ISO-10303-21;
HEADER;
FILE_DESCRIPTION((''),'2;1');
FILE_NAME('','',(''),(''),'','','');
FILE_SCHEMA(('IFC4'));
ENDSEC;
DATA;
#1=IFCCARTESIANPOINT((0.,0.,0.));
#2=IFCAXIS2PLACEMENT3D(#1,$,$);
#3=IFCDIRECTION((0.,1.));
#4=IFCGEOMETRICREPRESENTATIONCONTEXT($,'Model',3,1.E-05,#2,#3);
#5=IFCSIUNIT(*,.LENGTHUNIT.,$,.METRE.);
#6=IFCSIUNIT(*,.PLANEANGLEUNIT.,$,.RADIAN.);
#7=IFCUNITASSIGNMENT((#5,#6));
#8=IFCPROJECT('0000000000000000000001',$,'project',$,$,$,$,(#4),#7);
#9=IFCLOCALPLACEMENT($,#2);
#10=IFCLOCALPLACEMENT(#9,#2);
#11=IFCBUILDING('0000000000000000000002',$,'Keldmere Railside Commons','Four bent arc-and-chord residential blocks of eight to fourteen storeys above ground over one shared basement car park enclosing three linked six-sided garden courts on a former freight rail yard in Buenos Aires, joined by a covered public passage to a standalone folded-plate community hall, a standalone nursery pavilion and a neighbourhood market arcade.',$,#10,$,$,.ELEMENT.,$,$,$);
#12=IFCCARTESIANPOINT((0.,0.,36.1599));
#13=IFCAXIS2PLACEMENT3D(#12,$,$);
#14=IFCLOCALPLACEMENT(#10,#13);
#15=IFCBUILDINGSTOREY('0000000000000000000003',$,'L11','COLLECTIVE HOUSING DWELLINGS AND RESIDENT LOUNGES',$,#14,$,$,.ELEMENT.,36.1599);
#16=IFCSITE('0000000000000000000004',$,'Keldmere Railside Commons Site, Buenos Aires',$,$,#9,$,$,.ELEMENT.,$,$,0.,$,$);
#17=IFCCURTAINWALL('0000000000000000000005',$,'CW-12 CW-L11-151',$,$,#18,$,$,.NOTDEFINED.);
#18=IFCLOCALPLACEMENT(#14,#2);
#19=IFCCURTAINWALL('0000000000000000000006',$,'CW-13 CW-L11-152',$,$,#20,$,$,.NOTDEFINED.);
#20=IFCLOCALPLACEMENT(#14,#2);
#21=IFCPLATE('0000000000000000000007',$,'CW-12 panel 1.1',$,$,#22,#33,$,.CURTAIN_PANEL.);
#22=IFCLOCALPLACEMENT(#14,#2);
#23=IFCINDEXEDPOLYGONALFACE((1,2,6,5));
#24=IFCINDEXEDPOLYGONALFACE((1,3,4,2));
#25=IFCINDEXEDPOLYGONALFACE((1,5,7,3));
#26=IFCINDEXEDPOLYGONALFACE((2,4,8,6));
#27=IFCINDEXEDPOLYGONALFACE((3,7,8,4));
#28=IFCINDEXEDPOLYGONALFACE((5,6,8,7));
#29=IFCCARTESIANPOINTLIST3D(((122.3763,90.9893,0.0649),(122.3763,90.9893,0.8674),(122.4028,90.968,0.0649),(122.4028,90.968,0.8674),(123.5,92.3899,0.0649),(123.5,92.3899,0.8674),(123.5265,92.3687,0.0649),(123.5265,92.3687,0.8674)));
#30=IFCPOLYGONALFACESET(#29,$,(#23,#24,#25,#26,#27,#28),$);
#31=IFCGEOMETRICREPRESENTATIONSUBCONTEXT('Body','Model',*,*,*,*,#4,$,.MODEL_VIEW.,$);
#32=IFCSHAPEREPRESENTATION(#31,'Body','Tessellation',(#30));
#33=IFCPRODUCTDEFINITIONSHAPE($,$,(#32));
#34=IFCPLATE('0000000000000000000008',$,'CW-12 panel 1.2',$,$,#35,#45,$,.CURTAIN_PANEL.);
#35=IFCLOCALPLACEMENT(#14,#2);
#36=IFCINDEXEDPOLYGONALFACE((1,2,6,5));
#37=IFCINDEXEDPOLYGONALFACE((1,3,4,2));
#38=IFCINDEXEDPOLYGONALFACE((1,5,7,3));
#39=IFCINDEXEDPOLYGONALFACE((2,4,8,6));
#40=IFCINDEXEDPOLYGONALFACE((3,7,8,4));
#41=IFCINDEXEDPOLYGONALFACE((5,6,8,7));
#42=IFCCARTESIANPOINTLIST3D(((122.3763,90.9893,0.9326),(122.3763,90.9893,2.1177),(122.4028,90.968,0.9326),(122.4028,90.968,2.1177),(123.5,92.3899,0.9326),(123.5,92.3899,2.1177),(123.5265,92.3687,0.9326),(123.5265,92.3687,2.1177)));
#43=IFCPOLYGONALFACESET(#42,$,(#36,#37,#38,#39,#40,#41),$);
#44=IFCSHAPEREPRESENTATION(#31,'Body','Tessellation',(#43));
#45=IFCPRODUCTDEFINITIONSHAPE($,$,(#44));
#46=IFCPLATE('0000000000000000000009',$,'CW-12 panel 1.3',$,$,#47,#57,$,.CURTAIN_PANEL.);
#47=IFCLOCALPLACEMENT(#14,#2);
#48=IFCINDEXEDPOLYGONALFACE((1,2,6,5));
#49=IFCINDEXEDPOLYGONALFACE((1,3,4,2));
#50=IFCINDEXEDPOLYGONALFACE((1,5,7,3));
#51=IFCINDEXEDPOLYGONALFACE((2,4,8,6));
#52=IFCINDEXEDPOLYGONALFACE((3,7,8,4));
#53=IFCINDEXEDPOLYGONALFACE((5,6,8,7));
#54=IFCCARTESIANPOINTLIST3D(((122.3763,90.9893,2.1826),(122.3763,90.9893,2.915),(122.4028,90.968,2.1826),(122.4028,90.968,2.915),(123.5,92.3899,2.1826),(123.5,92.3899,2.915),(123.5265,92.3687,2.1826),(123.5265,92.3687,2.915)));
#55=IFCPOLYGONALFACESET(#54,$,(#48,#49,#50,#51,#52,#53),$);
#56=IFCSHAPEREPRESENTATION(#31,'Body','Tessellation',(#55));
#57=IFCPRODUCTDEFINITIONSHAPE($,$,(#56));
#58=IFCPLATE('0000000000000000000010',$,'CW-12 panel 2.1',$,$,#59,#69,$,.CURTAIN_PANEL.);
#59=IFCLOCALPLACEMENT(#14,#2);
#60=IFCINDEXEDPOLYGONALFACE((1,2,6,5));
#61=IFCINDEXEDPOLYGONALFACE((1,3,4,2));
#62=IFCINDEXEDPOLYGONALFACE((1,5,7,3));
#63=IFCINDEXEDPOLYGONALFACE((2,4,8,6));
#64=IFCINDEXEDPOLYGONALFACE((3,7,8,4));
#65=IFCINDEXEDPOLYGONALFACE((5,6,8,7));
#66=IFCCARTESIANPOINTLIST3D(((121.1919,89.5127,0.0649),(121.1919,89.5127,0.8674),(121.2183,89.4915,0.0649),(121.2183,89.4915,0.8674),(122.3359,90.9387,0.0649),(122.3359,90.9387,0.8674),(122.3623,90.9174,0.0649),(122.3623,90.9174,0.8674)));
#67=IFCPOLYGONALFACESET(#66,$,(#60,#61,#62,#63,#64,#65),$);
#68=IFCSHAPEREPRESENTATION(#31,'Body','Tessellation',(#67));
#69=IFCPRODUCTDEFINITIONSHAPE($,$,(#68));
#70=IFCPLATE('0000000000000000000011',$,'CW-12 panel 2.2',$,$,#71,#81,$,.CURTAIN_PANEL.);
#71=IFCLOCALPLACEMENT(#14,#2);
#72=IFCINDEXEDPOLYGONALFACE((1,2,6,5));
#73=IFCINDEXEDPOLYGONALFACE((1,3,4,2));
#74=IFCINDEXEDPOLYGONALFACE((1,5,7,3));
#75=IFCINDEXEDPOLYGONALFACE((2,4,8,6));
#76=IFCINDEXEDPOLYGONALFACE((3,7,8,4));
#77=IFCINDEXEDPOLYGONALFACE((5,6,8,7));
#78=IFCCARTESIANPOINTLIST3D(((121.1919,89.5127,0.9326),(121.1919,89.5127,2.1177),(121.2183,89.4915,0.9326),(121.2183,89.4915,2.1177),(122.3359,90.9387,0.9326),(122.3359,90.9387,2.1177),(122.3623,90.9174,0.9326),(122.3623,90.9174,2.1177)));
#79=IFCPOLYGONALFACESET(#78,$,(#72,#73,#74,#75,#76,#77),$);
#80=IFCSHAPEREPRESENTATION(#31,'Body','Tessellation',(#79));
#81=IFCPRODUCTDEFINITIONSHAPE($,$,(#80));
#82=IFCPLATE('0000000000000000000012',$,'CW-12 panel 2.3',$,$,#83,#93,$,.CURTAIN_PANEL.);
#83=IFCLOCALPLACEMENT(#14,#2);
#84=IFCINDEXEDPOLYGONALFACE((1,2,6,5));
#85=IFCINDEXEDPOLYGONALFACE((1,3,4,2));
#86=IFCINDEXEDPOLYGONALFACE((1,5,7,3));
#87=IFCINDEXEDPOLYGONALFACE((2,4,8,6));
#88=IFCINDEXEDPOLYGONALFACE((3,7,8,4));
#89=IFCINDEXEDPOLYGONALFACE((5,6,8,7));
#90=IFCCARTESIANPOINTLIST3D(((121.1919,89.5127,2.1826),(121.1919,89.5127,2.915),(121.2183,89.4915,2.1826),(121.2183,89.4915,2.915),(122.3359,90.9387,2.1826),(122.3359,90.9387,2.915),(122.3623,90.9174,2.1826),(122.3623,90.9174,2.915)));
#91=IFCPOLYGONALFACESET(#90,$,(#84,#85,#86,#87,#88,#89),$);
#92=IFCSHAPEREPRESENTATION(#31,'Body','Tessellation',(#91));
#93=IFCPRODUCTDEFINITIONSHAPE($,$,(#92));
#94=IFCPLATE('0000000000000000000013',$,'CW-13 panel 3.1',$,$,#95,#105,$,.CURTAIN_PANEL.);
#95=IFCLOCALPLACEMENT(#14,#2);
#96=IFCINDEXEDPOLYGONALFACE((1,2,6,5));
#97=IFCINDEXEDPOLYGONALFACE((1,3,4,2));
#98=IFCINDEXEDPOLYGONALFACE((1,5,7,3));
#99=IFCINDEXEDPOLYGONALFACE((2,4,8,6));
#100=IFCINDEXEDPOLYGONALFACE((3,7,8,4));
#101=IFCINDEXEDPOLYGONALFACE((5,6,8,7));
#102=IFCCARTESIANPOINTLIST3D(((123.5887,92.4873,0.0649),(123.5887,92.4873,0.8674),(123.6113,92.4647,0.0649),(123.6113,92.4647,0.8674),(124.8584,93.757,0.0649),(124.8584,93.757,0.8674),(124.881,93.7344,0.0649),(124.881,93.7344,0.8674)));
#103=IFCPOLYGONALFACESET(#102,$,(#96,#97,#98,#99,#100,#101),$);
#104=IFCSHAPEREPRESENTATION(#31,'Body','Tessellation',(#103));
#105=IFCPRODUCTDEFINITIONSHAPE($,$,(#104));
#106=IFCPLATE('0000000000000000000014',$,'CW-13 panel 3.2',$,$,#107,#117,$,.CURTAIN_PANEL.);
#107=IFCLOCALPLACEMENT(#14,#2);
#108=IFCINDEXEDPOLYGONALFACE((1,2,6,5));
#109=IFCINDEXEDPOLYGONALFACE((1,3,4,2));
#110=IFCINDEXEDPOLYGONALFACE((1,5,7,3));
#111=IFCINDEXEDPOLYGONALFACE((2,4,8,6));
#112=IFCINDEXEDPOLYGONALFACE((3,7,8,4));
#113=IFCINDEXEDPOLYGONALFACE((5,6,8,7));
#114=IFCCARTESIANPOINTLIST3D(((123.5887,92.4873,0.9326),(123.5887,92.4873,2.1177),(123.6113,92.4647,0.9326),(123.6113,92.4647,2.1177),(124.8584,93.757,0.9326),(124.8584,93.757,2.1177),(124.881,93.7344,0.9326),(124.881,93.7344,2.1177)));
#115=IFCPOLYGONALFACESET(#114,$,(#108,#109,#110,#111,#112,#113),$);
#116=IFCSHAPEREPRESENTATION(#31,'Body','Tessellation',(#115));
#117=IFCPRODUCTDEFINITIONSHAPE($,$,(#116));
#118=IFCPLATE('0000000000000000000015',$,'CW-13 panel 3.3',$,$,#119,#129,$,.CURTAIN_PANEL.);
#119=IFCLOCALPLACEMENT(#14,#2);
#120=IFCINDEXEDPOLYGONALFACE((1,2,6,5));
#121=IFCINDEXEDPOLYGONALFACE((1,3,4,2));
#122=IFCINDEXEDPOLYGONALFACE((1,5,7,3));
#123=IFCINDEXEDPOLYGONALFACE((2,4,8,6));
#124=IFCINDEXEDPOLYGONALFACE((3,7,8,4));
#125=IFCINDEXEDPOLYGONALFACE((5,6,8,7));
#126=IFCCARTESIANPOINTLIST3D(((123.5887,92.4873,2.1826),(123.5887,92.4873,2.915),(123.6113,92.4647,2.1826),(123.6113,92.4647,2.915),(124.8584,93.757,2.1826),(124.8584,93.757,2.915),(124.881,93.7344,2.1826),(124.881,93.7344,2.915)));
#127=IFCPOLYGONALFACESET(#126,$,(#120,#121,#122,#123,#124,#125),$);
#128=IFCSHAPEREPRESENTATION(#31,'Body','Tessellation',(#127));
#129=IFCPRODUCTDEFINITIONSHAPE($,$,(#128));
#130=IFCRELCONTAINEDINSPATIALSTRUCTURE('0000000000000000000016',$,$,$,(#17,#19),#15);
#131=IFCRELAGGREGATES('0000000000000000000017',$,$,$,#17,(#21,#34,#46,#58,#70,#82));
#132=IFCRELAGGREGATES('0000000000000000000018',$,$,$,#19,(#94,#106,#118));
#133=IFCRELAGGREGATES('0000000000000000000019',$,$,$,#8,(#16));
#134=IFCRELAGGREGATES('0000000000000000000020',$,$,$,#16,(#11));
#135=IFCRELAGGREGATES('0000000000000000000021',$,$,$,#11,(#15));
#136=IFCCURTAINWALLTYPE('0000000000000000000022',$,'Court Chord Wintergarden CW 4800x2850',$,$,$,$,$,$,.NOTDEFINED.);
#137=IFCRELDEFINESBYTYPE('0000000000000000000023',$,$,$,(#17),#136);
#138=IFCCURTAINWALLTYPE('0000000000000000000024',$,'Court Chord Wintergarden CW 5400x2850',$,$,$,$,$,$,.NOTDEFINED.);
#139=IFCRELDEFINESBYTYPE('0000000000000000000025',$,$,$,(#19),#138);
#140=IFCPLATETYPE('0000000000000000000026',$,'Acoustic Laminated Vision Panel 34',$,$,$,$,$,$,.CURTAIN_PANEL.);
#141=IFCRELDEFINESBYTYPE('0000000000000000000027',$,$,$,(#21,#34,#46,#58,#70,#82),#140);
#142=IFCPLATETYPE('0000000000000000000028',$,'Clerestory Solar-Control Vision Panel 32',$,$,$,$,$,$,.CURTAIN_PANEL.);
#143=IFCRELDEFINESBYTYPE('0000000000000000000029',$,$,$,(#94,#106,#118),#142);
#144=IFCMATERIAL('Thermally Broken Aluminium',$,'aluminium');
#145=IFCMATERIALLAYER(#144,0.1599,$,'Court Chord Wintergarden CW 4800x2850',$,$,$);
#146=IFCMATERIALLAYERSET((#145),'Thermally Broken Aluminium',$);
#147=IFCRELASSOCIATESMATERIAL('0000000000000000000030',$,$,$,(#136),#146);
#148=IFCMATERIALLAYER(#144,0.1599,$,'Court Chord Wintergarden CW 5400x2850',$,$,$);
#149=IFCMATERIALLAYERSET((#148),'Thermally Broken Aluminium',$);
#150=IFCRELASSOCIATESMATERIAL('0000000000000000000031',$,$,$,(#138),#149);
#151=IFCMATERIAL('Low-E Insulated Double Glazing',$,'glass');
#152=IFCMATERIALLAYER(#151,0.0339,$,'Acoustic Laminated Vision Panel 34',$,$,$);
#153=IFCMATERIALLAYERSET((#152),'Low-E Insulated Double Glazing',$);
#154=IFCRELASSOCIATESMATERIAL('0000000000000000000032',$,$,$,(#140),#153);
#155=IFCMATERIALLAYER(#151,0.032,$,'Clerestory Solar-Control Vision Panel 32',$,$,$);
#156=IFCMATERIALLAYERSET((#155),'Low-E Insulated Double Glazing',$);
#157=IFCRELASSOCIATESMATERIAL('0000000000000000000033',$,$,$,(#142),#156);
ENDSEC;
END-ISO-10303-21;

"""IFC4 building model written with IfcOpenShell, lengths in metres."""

from ifc_helpers import new_model, si_unit, direction, frame, origin, origin_2d, place, context, subcontext, project, spatial, rectangle, extrude, material, layer, layer_set, type_object, element, aggregate, save


model = new_model("IFC4")

# Units and contexts
model_context = context("Model", 3, precision=1e-05, world=origin(), true_north=direction((0.0, 1.0)))
body_context = subcontext(model_context, "Body", "Model", "MODEL_VIEW")
ifc_project = project(units=[si_unit("LENGTHUNIT", "METRE"), si_unit("PLANEANGLEUNIT", "RADIAN")], contexts=[model_context])

# Site, building, storey
site_placement = place(None, origin())
site = spatial("IfcSite", under=ifc_project, at=site_placement, Name="Keldmere Railside Commons Site, Buenos Aires", CompositionType="ELEMENT", RefElevation=0.0)
building_placement = place(site_placement, origin())
building = spatial("IfcBuilding", under=site, at=building_placement, Name="Keldmere Railside Commons", Description="Four bent arc-and-chord residential blocks of eight to fourteen storeys above ground over one shared basement car park enclosing three linked six-sided garden courts on a former freight rail yard in Buenos Aires, joined by a covered public passage to a standalone folded-plate community hall, a standalone nursery pavilion and a neighbourhood market arcade.", CompositionType="ELEMENT")
storey_placement = place(building_placement, frame((0.0, 0.0, 36.1599)))
storey = spatial("IfcBuildingStorey", under=building, at=storey_placement, Name="L11", Description="COLLECTIVE HOUSING DWELLINGS AND RESIDENT LOUNGES", CompositionType="ELEMENT", Elevation=36.1599)

# Curtain wall
ifc_material_1 = material(Name="Thermally Broken Aluminium", Category="aluminium")
ifc_layer_1 = layer(ifc_material_1, 0.1599, Name="Court Chord Wintergarden CW 4800x2850")
ifc_layer_set_1 = layer_set([ifc_layer_1], Name="Thermally Broken Aluminium")
curtain_wall_type_1 = type_object("IfcCurtainWallType", Name="Court Chord Wintergarden CW 4800x2850", PredefinedType="NOTDEFINED", material=ifc_layer_set_1)
curtain_wall_1_placement = place(storey_placement, origin())
curtain_wall_1 = element("IfcCurtainWall", 1, at=curtain_wall_1_placement, inside=storey, type_object=curtain_wall_type_1, Name="CW-12 CW-L11-151", PredefinedType="NOTDEFINED")

# Curtain wall
ifc_layer_2 = layer(ifc_material_1, 0.1599, Name="Court Chord Wintergarden CW 5400x2850")
ifc_layer_set_2 = layer_set([ifc_layer_2], Name="Thermally Broken Aluminium")
curtain_wall_type_2 = type_object("IfcCurtainWallType", Name="Court Chord Wintergarden CW 5400x2850", PredefinedType="NOTDEFINED", material=ifc_layer_set_2)
curtain_wall_2_placement = place(storey_placement, origin())
curtain_wall_2 = element("IfcCurtainWall", 2, at=curtain_wall_2_placement, inside=storey, type_object=curtain_wall_type_2, Name="CW-13 CW-L11-152", PredefinedType="NOTDEFINED")

# Plates
ifc_material_2 = material(Name="Low-E Insulated Double Glazing", Category="glass")
ifc_layer_3 = layer(ifc_material_2, 0.0339, Name="Acoustic Laminated Vision Panel 34")
ifc_layer_set_3 = layer_set([ifc_layer_3], Name="Low-E Insulated Double Glazing")
plate_type_1 = type_object("IfcPlateType", Name="Acoustic Laminated Vision Panel 34", PredefinedType="CURTAIN_PANEL", material=ifc_layer_set_3)
plate_1_placement = place(storey_placement, frame((122.9514, 91.679, 0.0649), z_axis=(0.0, 0.0, 1.0), x_axis=(-0.625768, -0.780009, 0.0)))
plate_1 = element("IfcPlate", 3, at=plate_1_placement, type_object=plate_type_1, Name="CW-12 panel 1.1", PredefinedType="CURTAIN_PANEL", context=body_context, shape_type="SweptSolid", body=[
    extrude(rectangle(XDim=1.7957, YDim=0.0339, at=origin_2d()), origin(), (0.0, 0.0, 1.0), 0.8025),
])
plate_2_placement = place(storey_placement, frame((122.9514, 91.679, 0.9326), z_axis=(0.0, 0.0, 1.0), x_axis=(-0.625768, -0.780009, 0.0)))
plate_2 = element("IfcPlate", 4, at=plate_2_placement, type_object=plate_type_1, Name="CW-12 panel 1.2", PredefinedType="CURTAIN_PANEL", context=body_context, shape_type="SweptSolid", body=[
    extrude(rectangle(XDim=1.7957, YDim=0.0339, at=origin_2d()), origin(), (0.0, 0.0, 1.0), 1.1851),
])
plate_3_placement = place(storey_placement, frame((122.9514, 91.679, 2.1826), z_axis=(0.0, 0.0, 1.0), x_axis=(-0.625768, -0.780009, 0.0)))
plate_3 = element("IfcPlate", 5, at=plate_3_placement, type_object=plate_type_1, Name="CW-12 panel 1.3", PredefinedType="CURTAIN_PANEL", context=body_context, shape_type="SweptSolid", body=[
    extrude(rectangle(XDim=1.7957, YDim=0.0339, at=origin_2d()), origin(), (0.0, 0.0, 1.0), 0.7324),
])
plate_4_placement = place(storey_placement, frame((121.7771, 90.2151, 0.0649), z_axis=(0.0, 0.0, 1.0), x_axis=(-0.625768, -0.780009, 0.0)))
plate_4 = element("IfcPlate", 6, at=plate_4_placement, type_object=plate_type_1, Name="CW-12 panel 2.1", PredefinedType="CURTAIN_PANEL", context=body_context, shape_type="SweptSolid", body=[
    extrude(rectangle(XDim=1.8281, YDim=0.0339, at=origin_2d()), origin(), (0.0, 0.0, 1.0), 0.8025),
])
plate_5_placement = place(storey_placement, frame((121.7771, 90.2151, 0.9326), z_axis=(0.0, 0.0, 1.0), x_axis=(-0.625768, -0.780009, 0.0)))
plate_5 = element("IfcPlate", 7, at=plate_5_placement, type_object=plate_type_1, Name="CW-12 panel 2.2", PredefinedType="CURTAIN_PANEL", context=body_context, shape_type="SweptSolid", body=[
    extrude(rectangle(XDim=1.8281, YDim=0.0339, at=origin_2d()), origin(), (0.0, 0.0, 1.0), 1.1851),
])
plate_6_placement = place(storey_placement, frame((121.7771, 90.2151, 2.1826), z_axis=(0.0, 0.0, 1.0), x_axis=(-0.625768, -0.780009, 0.0)))
plate_6 = element("IfcPlate", 8, at=plate_6_placement, type_object=plate_type_1, Name="CW-12 panel 2.3", PredefinedType="CURTAIN_PANEL", context=body_context, shape_type="SweptSolid", body=[
    extrude(rectangle(XDim=1.8281, YDim=0.0339, at=origin_2d()), origin(), (0.0, 0.0, 1.0), 0.7324),
])
aggregate(curtain_wall_1, [plate_1, plate_2, plate_3, plate_4, plate_5, plate_6])
ifc_layer_4 = layer(ifc_material_2, 0.032, Name="Clerestory Solar-Control Vision Panel 32")
ifc_layer_set_4 = layer_set([ifc_layer_4], Name="Low-E Insulated Double Glazing")
plate_type_2 = type_object("IfcPlateType", Name="Clerestory Solar-Control Vision Panel 32", PredefinedType="CURTAIN_PANEL", material=ifc_layer_set_4)
plate_7_placement = place(storey_placement, frame((124.2349, 93.1108, 0.0649), z_axis=(0.0, 0.0, 1.0), x_axis=(-0.707107, -0.707107, 0.0)))
plate_7 = element("IfcPlate", 9, at=plate_7_placement, type_object=plate_type_2, Name="CW-13 panel 3.1", PredefinedType="CURTAIN_PANEL", context=body_context, shape_type="SweptSolid", body=[
    extrude(rectangle(XDim=1.7957, YDim=0.032, at=origin_2d()), origin(), (0.0, 0.0, 1.0), 0.8025),
])
plate_8_placement = place(storey_placement, frame((124.2349, 93.1108, 0.9326), z_axis=(0.0, 0.0, 1.0), x_axis=(-0.707107, -0.707107, 0.0)))
plate_8 = element("IfcPlate", 10, at=plate_8_placement, type_object=plate_type_2, Name="CW-13 panel 3.2", PredefinedType="CURTAIN_PANEL", context=body_context, shape_type="SweptSolid", body=[
    extrude(rectangle(XDim=1.7957, YDim=0.032, at=origin_2d()), origin(), (0.0, 0.0, 1.0), 1.1851),
])
plate_9_placement = place(storey_placement, frame((124.2349, 93.1108, 2.1826), z_axis=(0.0, 0.0, 1.0), x_axis=(-0.707107, -0.707107, 0.0)))
plate_9 = element("IfcPlate", 11, at=plate_9_placement, type_object=plate_type_2, Name="CW-13 panel 3.3", PredefinedType="CURTAIN_PANEL", context=body_context, shape_type="SweptSolid", body=[
    extrude(rectangle(XDim=1.7957, YDim=0.032, at=origin_2d()), origin(), (0.0, 0.0, 1.0), 0.7324),
])
aggregate(curtain_wall_2, [plate_7, plate_8, plate_9])

save(model, "model.ifc")
